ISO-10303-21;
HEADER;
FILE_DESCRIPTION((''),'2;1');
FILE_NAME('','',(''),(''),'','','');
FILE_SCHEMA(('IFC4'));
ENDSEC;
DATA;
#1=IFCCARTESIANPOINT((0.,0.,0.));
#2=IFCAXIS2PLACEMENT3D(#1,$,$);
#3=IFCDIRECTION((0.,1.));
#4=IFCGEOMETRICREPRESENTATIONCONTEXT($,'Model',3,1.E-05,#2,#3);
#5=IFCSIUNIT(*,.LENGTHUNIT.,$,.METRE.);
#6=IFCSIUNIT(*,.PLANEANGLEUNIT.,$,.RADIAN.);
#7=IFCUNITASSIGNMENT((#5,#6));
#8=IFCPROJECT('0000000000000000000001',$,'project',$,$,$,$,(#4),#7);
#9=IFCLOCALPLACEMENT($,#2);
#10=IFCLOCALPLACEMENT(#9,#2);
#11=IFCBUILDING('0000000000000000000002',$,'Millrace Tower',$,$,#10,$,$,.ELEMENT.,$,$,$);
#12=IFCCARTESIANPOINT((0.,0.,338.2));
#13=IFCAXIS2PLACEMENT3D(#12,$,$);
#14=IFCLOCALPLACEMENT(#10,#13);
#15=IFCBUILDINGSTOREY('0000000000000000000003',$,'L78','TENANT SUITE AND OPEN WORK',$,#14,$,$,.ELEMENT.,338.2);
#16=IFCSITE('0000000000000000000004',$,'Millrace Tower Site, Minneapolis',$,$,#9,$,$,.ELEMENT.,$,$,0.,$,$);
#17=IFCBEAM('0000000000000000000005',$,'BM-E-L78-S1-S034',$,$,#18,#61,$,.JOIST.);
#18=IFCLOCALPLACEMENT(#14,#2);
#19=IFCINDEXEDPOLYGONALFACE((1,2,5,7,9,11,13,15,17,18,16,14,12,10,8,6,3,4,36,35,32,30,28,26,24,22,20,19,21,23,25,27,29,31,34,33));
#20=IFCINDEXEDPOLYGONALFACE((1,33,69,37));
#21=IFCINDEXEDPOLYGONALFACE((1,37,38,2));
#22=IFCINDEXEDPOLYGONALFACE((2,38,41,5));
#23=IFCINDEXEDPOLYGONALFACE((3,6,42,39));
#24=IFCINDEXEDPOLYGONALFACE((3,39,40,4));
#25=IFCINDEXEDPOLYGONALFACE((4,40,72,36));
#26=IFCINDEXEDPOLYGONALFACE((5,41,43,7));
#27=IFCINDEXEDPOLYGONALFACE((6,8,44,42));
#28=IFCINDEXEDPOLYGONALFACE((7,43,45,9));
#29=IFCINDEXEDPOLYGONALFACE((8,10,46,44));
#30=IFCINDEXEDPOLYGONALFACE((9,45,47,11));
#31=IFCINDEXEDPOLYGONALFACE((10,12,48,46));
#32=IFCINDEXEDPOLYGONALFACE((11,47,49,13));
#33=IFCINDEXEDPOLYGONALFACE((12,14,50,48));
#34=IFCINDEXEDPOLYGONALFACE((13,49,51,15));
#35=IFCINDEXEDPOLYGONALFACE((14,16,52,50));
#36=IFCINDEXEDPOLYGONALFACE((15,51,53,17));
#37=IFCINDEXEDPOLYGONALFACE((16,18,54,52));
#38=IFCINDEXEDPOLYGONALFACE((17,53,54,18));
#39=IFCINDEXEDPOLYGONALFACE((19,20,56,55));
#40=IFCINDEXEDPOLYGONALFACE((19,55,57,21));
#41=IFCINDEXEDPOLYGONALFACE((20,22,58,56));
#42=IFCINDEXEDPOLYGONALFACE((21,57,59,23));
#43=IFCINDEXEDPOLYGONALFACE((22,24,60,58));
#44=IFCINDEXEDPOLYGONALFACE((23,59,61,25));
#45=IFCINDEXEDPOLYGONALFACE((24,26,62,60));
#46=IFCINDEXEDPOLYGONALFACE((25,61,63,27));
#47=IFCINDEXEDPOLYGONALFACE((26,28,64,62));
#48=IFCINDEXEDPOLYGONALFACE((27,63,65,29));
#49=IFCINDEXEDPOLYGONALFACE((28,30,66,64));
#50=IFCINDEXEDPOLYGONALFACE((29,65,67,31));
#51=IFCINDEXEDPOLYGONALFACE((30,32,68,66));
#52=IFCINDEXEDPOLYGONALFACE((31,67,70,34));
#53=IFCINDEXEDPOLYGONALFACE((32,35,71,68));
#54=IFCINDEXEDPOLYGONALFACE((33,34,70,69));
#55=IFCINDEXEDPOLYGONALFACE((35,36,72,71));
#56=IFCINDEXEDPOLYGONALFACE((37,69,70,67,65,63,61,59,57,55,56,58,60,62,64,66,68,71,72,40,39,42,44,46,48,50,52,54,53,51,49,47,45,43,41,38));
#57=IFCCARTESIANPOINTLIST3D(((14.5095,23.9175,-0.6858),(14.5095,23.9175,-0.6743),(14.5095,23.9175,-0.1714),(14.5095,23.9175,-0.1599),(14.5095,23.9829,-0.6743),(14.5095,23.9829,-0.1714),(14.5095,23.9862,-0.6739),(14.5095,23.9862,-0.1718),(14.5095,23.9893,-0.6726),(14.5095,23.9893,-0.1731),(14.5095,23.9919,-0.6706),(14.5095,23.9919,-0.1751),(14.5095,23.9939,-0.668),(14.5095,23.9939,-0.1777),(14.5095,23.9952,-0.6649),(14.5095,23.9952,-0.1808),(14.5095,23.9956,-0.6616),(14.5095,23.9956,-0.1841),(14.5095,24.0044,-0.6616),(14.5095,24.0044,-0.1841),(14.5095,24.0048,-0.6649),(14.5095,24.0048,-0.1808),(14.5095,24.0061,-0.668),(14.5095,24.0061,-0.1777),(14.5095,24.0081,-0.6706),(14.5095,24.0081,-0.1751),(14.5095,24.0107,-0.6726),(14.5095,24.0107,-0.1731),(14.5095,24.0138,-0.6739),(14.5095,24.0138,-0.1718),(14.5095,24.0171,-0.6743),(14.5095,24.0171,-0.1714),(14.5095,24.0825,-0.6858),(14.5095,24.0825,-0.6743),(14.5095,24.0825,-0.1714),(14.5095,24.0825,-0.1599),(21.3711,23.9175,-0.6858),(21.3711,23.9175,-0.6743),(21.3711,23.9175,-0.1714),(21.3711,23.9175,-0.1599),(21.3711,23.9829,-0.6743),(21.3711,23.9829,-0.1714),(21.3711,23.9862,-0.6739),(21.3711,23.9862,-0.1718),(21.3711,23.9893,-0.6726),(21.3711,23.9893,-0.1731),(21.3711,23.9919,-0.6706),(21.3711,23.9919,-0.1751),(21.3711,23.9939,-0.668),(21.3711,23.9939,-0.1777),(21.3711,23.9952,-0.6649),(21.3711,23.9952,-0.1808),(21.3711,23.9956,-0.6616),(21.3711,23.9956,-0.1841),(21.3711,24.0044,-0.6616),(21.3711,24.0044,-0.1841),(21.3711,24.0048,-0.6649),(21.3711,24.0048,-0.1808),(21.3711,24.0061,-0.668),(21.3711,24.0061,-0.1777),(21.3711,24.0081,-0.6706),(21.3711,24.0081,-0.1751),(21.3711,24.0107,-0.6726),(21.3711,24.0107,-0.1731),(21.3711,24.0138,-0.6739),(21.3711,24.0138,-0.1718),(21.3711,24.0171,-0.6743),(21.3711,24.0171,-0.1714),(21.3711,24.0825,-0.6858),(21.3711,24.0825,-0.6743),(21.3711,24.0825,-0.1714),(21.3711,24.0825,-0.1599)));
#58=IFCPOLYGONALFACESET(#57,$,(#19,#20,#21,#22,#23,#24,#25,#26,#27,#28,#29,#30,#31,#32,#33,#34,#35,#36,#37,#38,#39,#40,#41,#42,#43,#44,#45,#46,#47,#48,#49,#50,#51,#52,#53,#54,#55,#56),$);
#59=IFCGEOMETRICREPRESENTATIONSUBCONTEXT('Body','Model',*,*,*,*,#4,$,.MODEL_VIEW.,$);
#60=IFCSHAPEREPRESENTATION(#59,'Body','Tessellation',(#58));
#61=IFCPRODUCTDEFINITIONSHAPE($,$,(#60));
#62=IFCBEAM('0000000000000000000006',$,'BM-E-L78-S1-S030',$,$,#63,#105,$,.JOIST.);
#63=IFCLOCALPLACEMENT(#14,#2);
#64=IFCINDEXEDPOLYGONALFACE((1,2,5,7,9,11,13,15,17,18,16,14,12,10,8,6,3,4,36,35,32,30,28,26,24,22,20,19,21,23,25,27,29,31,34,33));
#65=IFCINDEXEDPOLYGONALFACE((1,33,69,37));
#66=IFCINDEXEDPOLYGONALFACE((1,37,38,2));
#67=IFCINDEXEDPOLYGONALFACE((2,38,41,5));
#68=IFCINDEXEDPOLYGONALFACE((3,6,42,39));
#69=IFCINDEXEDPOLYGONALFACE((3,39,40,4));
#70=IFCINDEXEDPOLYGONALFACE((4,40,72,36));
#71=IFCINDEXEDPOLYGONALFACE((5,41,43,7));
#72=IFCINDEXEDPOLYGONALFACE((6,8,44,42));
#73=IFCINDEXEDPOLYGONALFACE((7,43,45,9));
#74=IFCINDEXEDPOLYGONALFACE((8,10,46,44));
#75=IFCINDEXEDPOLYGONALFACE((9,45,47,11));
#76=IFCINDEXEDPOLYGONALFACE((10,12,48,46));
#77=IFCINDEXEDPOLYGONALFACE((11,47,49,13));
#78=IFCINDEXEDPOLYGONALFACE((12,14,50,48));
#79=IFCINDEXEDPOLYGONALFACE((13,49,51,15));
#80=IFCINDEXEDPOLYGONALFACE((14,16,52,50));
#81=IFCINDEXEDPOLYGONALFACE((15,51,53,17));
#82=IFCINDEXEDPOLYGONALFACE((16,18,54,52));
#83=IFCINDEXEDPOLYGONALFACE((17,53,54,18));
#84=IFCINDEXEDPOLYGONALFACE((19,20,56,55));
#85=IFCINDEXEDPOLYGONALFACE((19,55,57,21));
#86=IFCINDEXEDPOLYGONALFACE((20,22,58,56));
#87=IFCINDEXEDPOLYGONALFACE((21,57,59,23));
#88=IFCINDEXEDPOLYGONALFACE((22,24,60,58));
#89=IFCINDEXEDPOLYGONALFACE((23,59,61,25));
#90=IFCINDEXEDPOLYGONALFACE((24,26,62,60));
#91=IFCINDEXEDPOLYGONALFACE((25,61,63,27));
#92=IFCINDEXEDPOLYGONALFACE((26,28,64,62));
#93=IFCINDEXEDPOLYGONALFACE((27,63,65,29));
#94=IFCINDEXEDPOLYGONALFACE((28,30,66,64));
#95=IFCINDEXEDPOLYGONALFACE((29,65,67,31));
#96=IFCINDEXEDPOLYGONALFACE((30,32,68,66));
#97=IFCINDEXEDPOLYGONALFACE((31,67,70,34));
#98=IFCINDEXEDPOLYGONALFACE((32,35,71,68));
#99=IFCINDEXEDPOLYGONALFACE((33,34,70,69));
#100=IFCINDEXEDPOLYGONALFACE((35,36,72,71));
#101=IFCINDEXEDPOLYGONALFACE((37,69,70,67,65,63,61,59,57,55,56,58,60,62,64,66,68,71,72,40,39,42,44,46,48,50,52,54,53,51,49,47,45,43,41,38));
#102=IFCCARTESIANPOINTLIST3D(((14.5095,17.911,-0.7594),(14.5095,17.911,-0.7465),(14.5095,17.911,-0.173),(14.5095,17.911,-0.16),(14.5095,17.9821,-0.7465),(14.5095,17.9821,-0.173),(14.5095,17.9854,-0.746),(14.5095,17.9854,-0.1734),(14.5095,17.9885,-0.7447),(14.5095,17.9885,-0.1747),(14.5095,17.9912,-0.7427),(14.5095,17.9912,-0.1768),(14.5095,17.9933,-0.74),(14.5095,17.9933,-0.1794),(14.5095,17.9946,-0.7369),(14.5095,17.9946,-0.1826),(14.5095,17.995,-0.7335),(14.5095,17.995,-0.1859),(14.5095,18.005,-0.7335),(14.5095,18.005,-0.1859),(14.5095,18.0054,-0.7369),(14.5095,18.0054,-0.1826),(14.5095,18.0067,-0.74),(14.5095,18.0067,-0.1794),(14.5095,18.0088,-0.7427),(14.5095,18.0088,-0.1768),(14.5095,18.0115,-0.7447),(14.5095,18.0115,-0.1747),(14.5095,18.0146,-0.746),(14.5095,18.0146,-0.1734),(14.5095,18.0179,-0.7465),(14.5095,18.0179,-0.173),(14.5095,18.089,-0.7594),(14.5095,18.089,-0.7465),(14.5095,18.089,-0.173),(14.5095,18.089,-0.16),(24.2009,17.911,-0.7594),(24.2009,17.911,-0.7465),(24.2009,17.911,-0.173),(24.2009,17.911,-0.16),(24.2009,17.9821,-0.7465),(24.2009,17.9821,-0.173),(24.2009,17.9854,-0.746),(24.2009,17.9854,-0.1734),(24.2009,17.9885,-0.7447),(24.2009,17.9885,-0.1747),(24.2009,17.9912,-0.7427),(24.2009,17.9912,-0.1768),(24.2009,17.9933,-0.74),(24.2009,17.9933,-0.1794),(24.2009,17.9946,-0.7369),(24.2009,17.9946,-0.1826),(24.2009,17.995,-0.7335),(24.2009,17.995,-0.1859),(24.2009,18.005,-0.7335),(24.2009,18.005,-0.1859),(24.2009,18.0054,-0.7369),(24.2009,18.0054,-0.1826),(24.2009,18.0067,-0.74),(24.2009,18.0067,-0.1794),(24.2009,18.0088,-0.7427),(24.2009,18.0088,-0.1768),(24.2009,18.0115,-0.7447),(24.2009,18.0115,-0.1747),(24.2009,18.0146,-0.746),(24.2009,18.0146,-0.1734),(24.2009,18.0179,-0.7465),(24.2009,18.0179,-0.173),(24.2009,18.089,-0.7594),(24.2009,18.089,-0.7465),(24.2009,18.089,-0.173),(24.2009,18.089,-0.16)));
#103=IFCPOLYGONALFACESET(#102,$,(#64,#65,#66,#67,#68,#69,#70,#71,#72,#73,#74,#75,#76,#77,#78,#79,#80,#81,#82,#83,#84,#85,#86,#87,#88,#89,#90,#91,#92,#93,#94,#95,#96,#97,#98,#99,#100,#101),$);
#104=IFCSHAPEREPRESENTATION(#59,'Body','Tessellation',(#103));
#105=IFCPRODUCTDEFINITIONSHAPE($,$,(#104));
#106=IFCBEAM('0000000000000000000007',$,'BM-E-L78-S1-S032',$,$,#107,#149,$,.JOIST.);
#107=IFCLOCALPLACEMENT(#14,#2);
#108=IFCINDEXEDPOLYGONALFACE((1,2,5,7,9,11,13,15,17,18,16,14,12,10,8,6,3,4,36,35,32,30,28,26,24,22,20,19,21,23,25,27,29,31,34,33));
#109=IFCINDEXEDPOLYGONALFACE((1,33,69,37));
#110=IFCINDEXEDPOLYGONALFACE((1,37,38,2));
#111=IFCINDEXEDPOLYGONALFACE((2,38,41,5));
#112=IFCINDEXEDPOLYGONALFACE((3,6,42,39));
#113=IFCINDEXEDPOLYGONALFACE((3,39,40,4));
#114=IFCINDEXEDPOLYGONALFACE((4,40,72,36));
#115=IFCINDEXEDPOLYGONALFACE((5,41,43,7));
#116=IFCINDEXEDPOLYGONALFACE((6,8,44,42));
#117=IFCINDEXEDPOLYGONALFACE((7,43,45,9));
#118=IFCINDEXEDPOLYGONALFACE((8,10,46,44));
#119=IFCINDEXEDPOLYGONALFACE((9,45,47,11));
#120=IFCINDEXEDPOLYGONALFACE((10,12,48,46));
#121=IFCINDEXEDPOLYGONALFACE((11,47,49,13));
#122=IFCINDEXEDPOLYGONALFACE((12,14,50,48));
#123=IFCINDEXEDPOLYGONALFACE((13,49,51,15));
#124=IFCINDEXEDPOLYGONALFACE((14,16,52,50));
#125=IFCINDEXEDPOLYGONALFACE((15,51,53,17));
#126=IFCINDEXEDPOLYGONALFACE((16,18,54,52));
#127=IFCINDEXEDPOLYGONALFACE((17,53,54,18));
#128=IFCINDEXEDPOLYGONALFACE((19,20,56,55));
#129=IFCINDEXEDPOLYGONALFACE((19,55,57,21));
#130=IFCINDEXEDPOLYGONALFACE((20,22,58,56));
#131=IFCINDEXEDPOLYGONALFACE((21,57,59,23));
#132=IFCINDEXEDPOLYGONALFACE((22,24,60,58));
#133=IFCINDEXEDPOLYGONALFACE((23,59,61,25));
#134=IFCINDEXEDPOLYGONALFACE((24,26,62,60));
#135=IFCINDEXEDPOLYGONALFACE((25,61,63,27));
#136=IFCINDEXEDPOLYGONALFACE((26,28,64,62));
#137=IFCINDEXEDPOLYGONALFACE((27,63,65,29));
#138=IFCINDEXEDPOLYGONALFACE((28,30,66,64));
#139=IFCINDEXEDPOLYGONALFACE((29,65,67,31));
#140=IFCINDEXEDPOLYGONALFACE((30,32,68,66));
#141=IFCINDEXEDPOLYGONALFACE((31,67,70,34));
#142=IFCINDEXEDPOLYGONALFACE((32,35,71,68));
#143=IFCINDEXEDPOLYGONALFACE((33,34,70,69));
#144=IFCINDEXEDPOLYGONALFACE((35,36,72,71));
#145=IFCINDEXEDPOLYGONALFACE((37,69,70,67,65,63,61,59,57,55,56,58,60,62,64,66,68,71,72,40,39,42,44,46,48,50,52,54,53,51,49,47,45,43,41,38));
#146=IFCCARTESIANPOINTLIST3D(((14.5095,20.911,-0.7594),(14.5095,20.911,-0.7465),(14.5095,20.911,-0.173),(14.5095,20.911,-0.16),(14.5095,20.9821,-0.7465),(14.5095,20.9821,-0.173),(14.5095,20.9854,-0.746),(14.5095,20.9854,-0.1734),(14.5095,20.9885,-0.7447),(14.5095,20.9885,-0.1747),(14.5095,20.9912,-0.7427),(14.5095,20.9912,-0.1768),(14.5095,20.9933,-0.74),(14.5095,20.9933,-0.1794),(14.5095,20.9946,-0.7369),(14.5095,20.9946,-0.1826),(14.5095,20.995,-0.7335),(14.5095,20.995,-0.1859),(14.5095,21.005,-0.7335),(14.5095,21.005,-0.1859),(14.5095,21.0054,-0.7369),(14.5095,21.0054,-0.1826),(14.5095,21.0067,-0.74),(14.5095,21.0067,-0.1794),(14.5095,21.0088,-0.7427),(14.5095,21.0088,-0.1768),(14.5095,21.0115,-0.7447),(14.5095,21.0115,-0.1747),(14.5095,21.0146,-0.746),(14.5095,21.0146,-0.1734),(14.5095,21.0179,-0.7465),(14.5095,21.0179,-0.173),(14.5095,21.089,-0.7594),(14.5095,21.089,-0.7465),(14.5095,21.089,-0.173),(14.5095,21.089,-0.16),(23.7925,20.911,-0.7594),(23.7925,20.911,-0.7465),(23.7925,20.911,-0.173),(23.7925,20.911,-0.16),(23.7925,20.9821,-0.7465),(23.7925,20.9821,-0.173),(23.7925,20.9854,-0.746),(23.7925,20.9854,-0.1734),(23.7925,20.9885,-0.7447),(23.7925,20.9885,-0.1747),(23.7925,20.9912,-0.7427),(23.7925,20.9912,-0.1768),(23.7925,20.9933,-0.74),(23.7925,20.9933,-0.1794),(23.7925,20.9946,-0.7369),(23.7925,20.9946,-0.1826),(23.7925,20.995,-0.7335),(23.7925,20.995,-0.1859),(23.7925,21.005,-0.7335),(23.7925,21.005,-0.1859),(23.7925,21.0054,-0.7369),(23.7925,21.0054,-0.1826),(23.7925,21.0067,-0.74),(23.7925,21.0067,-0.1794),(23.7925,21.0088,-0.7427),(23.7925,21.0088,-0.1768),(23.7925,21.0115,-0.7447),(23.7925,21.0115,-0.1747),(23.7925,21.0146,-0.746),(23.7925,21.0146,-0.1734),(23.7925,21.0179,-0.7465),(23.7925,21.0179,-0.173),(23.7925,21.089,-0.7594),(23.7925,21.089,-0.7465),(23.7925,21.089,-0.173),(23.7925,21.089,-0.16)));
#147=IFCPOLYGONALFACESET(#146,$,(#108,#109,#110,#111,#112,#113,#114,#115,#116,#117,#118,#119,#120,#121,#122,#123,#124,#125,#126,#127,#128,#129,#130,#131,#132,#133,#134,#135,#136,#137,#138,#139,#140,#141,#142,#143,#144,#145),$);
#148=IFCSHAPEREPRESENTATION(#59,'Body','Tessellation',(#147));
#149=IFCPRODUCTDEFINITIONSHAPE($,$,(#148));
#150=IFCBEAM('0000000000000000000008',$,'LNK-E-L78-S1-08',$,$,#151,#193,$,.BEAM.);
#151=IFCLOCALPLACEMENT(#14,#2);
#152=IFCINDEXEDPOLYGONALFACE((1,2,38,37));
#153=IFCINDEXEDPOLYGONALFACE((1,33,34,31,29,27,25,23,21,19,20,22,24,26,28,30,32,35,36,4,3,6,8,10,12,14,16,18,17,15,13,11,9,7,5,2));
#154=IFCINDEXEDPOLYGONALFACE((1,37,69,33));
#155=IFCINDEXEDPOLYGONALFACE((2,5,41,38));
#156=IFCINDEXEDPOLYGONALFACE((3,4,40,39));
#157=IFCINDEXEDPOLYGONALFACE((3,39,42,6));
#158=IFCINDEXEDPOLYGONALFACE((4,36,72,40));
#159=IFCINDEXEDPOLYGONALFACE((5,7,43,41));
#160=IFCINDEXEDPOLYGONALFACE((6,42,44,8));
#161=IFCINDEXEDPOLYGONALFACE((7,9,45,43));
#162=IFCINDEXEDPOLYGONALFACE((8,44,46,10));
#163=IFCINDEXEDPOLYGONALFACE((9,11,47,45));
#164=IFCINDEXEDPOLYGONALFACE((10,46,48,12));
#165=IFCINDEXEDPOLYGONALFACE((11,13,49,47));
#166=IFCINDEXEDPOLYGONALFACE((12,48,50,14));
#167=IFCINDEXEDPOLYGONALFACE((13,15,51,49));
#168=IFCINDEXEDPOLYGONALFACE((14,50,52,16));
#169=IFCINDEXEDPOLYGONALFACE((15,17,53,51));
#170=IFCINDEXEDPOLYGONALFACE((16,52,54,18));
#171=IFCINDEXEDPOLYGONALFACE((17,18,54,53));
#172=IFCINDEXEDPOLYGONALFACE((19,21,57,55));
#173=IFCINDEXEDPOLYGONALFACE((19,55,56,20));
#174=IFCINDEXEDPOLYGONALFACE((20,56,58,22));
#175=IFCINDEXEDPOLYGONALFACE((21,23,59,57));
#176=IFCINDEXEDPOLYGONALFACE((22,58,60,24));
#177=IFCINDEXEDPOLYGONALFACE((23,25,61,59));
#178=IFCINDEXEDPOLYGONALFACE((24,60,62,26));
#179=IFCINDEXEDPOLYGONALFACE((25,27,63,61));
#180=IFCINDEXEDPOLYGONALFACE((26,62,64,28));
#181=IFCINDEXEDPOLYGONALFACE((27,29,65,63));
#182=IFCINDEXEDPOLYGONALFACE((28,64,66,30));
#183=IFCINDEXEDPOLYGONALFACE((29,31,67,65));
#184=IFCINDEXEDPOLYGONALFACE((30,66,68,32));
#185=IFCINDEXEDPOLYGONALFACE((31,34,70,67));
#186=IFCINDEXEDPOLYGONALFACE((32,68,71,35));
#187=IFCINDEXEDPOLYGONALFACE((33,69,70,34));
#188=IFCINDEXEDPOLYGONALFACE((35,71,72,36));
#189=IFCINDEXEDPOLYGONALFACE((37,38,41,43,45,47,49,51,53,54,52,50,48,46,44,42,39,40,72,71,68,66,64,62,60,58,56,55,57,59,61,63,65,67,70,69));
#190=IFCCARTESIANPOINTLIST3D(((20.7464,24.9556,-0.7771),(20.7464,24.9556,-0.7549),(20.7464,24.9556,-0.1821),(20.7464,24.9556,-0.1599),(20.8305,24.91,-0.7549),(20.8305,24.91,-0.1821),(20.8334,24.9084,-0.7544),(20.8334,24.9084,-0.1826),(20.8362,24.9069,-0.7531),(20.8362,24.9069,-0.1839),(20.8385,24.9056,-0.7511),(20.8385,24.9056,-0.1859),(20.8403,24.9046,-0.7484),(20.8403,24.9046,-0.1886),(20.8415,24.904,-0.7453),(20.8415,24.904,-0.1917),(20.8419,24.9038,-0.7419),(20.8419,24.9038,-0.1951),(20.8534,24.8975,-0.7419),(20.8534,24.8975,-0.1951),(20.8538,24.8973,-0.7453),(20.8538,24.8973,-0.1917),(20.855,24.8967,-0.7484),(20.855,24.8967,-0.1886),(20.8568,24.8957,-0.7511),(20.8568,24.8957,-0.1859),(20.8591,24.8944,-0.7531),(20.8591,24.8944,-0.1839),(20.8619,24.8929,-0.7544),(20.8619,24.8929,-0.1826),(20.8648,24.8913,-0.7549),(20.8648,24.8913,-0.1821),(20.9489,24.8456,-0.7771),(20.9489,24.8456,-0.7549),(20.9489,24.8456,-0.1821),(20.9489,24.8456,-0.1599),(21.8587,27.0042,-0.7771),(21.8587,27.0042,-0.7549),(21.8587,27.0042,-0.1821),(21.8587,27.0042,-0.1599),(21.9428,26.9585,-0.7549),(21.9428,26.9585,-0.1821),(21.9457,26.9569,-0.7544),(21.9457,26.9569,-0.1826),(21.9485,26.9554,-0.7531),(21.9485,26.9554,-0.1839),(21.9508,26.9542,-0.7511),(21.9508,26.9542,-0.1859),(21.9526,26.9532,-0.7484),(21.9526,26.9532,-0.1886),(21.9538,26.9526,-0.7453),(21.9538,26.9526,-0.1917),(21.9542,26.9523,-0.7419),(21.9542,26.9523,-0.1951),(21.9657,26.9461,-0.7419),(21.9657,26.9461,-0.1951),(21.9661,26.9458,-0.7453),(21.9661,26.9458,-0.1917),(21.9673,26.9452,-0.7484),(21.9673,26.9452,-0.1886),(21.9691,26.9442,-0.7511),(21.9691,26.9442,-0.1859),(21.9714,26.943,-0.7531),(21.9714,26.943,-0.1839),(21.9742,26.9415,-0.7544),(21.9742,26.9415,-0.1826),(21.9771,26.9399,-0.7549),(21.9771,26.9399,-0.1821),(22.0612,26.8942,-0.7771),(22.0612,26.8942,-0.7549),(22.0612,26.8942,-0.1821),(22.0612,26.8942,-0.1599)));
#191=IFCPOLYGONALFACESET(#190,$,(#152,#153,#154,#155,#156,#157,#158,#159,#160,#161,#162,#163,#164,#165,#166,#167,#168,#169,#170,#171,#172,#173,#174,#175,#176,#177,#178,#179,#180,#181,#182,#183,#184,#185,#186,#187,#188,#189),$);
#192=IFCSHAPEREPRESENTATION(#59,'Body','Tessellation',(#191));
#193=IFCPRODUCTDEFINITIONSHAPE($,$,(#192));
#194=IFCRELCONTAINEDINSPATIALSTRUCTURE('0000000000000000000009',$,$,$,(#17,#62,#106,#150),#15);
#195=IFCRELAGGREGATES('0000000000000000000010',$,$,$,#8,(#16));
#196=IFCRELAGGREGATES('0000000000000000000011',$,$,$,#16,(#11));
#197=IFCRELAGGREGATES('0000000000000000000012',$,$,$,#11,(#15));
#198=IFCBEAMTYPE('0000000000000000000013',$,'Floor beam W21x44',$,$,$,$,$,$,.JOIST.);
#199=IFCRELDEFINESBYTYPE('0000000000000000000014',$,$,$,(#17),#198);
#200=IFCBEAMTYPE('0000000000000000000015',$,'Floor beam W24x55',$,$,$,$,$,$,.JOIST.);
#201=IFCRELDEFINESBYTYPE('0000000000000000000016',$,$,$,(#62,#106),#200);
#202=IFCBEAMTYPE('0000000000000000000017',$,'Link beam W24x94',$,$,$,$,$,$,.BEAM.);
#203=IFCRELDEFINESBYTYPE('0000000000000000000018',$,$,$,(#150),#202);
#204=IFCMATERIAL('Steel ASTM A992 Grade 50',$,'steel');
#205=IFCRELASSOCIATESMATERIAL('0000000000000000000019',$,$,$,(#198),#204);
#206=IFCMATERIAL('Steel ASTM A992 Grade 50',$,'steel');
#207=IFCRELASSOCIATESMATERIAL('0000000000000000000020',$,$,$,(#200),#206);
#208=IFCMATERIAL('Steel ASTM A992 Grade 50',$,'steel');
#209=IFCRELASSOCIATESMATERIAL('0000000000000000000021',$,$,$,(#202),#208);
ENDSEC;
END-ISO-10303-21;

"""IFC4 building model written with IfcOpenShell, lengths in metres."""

from ifc_helpers import new_model, si_unit, direction, frame, origin, origin_2d, place, context, subcontext, project, spatial, i_section, extrude, material, material_profile, profile_set, type_object, element, save


model = new_model("IFC4")

# Units and contexts
model_context = context("Model", 3, precision=1e-05, world=origin(), true_north=direction((0.0, 1.0)))
body_context = subcontext(model_context, "Body", "Model", "MODEL_VIEW")
ifc_project = project(units=[si_unit("LENGTHUNIT", "METRE"), si_unit("PLANEANGLEUNIT", "RADIAN")], contexts=[model_context])

# Site, building, storey
site_placement = place(None, origin())
site = spatial("IfcSite", under=ifc_project, at=site_placement, Name="Millrace Tower Site, Minneapolis", CompositionType="ELEMENT", RefElevation=0.0)
building_placement = place(site_placement, origin())
building = spatial("IfcBuilding", under=site, at=building_placement, Name="Millrace Tower", CompositionType="ELEMENT")
storey_placement = place(building_placement, frame((0.0, 0.0, 338.2)))
storey = spatial("IfcBuildingStorey", under=building, at=storey_placement, Name="L78", Description="TENANT SUITE AND OPEN WORK", CompositionType="ELEMENT", Elevation=338.2)

# Beams
ifc_material_1 = material(Name="Steel ASTM A992 Grade 50", Category="steel")
ifc_material_profile_1 = material_profile(ifc_material_1, i_section(OverallWidth=0.165, OverallDepth=0.5259, WebThickness=0.0088, FlangeThickness=0.0115, FilletRadius=0.0127, at=origin_2d()))
ifc_profile_set_1 = profile_set([ifc_material_profile_1], Name="Steel ASTM A992 Grade 50")
beam_type_1 = type_object("IfcBeamType", Name="Floor beam W21x44", PredefinedType="JOIST", material=ifc_profile_set_1)
beam_1_placement = place(storey_placement, frame((14.5095, 24.0, -0.4229), z_axis=(1.0, 0.0, 0.0), x_axis=(0.0, 1.0, 0.0)))
element("IfcBeam", 1, at=beam_1_placement, inside=storey, type_object=beam_type_1, Name="BM-E-L78-S1-S034", PredefinedType="JOIST", context=body_context, shape_type="SweptSolid", body=[
    extrude(i_section(OverallWidth=0.165, OverallDepth=0.5259, WebThickness=0.0088, FlangeThickness=0.0115, FilletRadius=0.0127, at=origin_2d()), origin(), (0.0, 0.0, 1.0), 6.8616),
])
ifc_material_2 = material(Name="Steel ASTM A992 Grade 50", Category="steel")
ifc_material_profile_2 = material_profile(ifc_material_2, i_section(OverallWidth=0.178, OverallDepth=0.5994, WebThickness=0.01, FlangeThickness=0.0129, FilletRadius=0.0129, at=origin_2d()))
ifc_profile_set_2 = profile_set([ifc_material_profile_2], Name="Steel ASTM A992 Grade 50")
beam_type_2 = type_object("IfcBeamType", Name="Floor beam W24x55", PredefinedType="JOIST", material=ifc_profile_set_2)
beam_2_placement = place(storey_placement, frame((14.5095, 18.0, -0.4597), z_axis=(1.0, 0.0, 0.0), x_axis=(0.0, 1.0, 0.0)))
element("IfcBeam", 2, at=beam_2_placement, inside=storey, type_object=beam_type_2, Name="BM-E-L78-S1-S030", PredefinedType="JOIST", context=body_context, shape_type="SweptSolid", body=[
    extrude(i_section(OverallWidth=0.178, OverallDepth=0.5994, WebThickness=0.01, FlangeThickness=0.0129, FilletRadius=0.0129, at=origin_2d()), origin(), (0.0, 0.0, 1.0), 9.6914),
])
beam_3_placement = place(storey_placement, frame((14.5095, 21.0, -0.4597), z_axis=(1.0, 0.0, 0.0), x_axis=(0.0, 1.0, 0.0)))
element("IfcBeam", 3, at=beam_3_placement, inside=storey, type_object=beam_type_2, Name="BM-E-L78-S1-S032", PredefinedType="JOIST", context=body_context, shape_type="SweptSolid", body=[
    extrude(i_section(OverallWidth=0.178, OverallDepth=0.5994, WebThickness=0.01, FlangeThickness=0.0129, FilletRadius=0.0129, at=origin_2d()), origin(), (0.0, 0.0, 1.0), 9.283),
])
ifc_material_3 = material(Name="Steel ASTM A992 Grade 50", Category="steel")
ifc_material_profile_3 = material_profile(ifc_material_3, i_section(OverallWidth=0.2305, OverallDepth=0.6172, WebThickness=0.0132, FlangeThickness=0.0222, FilletRadius=0.0129, at=origin_2d()))
ifc_profile_set_3 = profile_set([ifc_material_profile_3], Name="Steel ASTM A992 Grade 50")
beam_type_3 = type_object("IfcBeamType", Name="Link beam W24x94", PredefinedType="BEAM", material=ifc_profile_set_3)
for number, where, z_axis, x_axis, name in (
    (4, (20.8477, 24.9006, -0.4685), (0.477164, 0.878815, 0.0), (-0.878815, 0.477164, 0.0), "LNK-E-L78-S1-08"),
):
    element("IfcBeam", number, at=place(storey_placement, frame(where, z_axis=z_axis, x_axis=x_axis)), inside=storey, type_object=beam_type_3, Name=name, PredefinedType="BEAM", context=body_context, shape_type="SweptSolid", body=[
        extrude(i_section(OverallWidth=0.2305, OverallDepth=0.6172, WebThickness=0.0132, FlangeThickness=0.0222, FilletRadius=0.0129, at=origin_2d()), origin(), (0.0, 0.0, 1.0), 2.3311),
    ])

save(model, "model.ifc")
